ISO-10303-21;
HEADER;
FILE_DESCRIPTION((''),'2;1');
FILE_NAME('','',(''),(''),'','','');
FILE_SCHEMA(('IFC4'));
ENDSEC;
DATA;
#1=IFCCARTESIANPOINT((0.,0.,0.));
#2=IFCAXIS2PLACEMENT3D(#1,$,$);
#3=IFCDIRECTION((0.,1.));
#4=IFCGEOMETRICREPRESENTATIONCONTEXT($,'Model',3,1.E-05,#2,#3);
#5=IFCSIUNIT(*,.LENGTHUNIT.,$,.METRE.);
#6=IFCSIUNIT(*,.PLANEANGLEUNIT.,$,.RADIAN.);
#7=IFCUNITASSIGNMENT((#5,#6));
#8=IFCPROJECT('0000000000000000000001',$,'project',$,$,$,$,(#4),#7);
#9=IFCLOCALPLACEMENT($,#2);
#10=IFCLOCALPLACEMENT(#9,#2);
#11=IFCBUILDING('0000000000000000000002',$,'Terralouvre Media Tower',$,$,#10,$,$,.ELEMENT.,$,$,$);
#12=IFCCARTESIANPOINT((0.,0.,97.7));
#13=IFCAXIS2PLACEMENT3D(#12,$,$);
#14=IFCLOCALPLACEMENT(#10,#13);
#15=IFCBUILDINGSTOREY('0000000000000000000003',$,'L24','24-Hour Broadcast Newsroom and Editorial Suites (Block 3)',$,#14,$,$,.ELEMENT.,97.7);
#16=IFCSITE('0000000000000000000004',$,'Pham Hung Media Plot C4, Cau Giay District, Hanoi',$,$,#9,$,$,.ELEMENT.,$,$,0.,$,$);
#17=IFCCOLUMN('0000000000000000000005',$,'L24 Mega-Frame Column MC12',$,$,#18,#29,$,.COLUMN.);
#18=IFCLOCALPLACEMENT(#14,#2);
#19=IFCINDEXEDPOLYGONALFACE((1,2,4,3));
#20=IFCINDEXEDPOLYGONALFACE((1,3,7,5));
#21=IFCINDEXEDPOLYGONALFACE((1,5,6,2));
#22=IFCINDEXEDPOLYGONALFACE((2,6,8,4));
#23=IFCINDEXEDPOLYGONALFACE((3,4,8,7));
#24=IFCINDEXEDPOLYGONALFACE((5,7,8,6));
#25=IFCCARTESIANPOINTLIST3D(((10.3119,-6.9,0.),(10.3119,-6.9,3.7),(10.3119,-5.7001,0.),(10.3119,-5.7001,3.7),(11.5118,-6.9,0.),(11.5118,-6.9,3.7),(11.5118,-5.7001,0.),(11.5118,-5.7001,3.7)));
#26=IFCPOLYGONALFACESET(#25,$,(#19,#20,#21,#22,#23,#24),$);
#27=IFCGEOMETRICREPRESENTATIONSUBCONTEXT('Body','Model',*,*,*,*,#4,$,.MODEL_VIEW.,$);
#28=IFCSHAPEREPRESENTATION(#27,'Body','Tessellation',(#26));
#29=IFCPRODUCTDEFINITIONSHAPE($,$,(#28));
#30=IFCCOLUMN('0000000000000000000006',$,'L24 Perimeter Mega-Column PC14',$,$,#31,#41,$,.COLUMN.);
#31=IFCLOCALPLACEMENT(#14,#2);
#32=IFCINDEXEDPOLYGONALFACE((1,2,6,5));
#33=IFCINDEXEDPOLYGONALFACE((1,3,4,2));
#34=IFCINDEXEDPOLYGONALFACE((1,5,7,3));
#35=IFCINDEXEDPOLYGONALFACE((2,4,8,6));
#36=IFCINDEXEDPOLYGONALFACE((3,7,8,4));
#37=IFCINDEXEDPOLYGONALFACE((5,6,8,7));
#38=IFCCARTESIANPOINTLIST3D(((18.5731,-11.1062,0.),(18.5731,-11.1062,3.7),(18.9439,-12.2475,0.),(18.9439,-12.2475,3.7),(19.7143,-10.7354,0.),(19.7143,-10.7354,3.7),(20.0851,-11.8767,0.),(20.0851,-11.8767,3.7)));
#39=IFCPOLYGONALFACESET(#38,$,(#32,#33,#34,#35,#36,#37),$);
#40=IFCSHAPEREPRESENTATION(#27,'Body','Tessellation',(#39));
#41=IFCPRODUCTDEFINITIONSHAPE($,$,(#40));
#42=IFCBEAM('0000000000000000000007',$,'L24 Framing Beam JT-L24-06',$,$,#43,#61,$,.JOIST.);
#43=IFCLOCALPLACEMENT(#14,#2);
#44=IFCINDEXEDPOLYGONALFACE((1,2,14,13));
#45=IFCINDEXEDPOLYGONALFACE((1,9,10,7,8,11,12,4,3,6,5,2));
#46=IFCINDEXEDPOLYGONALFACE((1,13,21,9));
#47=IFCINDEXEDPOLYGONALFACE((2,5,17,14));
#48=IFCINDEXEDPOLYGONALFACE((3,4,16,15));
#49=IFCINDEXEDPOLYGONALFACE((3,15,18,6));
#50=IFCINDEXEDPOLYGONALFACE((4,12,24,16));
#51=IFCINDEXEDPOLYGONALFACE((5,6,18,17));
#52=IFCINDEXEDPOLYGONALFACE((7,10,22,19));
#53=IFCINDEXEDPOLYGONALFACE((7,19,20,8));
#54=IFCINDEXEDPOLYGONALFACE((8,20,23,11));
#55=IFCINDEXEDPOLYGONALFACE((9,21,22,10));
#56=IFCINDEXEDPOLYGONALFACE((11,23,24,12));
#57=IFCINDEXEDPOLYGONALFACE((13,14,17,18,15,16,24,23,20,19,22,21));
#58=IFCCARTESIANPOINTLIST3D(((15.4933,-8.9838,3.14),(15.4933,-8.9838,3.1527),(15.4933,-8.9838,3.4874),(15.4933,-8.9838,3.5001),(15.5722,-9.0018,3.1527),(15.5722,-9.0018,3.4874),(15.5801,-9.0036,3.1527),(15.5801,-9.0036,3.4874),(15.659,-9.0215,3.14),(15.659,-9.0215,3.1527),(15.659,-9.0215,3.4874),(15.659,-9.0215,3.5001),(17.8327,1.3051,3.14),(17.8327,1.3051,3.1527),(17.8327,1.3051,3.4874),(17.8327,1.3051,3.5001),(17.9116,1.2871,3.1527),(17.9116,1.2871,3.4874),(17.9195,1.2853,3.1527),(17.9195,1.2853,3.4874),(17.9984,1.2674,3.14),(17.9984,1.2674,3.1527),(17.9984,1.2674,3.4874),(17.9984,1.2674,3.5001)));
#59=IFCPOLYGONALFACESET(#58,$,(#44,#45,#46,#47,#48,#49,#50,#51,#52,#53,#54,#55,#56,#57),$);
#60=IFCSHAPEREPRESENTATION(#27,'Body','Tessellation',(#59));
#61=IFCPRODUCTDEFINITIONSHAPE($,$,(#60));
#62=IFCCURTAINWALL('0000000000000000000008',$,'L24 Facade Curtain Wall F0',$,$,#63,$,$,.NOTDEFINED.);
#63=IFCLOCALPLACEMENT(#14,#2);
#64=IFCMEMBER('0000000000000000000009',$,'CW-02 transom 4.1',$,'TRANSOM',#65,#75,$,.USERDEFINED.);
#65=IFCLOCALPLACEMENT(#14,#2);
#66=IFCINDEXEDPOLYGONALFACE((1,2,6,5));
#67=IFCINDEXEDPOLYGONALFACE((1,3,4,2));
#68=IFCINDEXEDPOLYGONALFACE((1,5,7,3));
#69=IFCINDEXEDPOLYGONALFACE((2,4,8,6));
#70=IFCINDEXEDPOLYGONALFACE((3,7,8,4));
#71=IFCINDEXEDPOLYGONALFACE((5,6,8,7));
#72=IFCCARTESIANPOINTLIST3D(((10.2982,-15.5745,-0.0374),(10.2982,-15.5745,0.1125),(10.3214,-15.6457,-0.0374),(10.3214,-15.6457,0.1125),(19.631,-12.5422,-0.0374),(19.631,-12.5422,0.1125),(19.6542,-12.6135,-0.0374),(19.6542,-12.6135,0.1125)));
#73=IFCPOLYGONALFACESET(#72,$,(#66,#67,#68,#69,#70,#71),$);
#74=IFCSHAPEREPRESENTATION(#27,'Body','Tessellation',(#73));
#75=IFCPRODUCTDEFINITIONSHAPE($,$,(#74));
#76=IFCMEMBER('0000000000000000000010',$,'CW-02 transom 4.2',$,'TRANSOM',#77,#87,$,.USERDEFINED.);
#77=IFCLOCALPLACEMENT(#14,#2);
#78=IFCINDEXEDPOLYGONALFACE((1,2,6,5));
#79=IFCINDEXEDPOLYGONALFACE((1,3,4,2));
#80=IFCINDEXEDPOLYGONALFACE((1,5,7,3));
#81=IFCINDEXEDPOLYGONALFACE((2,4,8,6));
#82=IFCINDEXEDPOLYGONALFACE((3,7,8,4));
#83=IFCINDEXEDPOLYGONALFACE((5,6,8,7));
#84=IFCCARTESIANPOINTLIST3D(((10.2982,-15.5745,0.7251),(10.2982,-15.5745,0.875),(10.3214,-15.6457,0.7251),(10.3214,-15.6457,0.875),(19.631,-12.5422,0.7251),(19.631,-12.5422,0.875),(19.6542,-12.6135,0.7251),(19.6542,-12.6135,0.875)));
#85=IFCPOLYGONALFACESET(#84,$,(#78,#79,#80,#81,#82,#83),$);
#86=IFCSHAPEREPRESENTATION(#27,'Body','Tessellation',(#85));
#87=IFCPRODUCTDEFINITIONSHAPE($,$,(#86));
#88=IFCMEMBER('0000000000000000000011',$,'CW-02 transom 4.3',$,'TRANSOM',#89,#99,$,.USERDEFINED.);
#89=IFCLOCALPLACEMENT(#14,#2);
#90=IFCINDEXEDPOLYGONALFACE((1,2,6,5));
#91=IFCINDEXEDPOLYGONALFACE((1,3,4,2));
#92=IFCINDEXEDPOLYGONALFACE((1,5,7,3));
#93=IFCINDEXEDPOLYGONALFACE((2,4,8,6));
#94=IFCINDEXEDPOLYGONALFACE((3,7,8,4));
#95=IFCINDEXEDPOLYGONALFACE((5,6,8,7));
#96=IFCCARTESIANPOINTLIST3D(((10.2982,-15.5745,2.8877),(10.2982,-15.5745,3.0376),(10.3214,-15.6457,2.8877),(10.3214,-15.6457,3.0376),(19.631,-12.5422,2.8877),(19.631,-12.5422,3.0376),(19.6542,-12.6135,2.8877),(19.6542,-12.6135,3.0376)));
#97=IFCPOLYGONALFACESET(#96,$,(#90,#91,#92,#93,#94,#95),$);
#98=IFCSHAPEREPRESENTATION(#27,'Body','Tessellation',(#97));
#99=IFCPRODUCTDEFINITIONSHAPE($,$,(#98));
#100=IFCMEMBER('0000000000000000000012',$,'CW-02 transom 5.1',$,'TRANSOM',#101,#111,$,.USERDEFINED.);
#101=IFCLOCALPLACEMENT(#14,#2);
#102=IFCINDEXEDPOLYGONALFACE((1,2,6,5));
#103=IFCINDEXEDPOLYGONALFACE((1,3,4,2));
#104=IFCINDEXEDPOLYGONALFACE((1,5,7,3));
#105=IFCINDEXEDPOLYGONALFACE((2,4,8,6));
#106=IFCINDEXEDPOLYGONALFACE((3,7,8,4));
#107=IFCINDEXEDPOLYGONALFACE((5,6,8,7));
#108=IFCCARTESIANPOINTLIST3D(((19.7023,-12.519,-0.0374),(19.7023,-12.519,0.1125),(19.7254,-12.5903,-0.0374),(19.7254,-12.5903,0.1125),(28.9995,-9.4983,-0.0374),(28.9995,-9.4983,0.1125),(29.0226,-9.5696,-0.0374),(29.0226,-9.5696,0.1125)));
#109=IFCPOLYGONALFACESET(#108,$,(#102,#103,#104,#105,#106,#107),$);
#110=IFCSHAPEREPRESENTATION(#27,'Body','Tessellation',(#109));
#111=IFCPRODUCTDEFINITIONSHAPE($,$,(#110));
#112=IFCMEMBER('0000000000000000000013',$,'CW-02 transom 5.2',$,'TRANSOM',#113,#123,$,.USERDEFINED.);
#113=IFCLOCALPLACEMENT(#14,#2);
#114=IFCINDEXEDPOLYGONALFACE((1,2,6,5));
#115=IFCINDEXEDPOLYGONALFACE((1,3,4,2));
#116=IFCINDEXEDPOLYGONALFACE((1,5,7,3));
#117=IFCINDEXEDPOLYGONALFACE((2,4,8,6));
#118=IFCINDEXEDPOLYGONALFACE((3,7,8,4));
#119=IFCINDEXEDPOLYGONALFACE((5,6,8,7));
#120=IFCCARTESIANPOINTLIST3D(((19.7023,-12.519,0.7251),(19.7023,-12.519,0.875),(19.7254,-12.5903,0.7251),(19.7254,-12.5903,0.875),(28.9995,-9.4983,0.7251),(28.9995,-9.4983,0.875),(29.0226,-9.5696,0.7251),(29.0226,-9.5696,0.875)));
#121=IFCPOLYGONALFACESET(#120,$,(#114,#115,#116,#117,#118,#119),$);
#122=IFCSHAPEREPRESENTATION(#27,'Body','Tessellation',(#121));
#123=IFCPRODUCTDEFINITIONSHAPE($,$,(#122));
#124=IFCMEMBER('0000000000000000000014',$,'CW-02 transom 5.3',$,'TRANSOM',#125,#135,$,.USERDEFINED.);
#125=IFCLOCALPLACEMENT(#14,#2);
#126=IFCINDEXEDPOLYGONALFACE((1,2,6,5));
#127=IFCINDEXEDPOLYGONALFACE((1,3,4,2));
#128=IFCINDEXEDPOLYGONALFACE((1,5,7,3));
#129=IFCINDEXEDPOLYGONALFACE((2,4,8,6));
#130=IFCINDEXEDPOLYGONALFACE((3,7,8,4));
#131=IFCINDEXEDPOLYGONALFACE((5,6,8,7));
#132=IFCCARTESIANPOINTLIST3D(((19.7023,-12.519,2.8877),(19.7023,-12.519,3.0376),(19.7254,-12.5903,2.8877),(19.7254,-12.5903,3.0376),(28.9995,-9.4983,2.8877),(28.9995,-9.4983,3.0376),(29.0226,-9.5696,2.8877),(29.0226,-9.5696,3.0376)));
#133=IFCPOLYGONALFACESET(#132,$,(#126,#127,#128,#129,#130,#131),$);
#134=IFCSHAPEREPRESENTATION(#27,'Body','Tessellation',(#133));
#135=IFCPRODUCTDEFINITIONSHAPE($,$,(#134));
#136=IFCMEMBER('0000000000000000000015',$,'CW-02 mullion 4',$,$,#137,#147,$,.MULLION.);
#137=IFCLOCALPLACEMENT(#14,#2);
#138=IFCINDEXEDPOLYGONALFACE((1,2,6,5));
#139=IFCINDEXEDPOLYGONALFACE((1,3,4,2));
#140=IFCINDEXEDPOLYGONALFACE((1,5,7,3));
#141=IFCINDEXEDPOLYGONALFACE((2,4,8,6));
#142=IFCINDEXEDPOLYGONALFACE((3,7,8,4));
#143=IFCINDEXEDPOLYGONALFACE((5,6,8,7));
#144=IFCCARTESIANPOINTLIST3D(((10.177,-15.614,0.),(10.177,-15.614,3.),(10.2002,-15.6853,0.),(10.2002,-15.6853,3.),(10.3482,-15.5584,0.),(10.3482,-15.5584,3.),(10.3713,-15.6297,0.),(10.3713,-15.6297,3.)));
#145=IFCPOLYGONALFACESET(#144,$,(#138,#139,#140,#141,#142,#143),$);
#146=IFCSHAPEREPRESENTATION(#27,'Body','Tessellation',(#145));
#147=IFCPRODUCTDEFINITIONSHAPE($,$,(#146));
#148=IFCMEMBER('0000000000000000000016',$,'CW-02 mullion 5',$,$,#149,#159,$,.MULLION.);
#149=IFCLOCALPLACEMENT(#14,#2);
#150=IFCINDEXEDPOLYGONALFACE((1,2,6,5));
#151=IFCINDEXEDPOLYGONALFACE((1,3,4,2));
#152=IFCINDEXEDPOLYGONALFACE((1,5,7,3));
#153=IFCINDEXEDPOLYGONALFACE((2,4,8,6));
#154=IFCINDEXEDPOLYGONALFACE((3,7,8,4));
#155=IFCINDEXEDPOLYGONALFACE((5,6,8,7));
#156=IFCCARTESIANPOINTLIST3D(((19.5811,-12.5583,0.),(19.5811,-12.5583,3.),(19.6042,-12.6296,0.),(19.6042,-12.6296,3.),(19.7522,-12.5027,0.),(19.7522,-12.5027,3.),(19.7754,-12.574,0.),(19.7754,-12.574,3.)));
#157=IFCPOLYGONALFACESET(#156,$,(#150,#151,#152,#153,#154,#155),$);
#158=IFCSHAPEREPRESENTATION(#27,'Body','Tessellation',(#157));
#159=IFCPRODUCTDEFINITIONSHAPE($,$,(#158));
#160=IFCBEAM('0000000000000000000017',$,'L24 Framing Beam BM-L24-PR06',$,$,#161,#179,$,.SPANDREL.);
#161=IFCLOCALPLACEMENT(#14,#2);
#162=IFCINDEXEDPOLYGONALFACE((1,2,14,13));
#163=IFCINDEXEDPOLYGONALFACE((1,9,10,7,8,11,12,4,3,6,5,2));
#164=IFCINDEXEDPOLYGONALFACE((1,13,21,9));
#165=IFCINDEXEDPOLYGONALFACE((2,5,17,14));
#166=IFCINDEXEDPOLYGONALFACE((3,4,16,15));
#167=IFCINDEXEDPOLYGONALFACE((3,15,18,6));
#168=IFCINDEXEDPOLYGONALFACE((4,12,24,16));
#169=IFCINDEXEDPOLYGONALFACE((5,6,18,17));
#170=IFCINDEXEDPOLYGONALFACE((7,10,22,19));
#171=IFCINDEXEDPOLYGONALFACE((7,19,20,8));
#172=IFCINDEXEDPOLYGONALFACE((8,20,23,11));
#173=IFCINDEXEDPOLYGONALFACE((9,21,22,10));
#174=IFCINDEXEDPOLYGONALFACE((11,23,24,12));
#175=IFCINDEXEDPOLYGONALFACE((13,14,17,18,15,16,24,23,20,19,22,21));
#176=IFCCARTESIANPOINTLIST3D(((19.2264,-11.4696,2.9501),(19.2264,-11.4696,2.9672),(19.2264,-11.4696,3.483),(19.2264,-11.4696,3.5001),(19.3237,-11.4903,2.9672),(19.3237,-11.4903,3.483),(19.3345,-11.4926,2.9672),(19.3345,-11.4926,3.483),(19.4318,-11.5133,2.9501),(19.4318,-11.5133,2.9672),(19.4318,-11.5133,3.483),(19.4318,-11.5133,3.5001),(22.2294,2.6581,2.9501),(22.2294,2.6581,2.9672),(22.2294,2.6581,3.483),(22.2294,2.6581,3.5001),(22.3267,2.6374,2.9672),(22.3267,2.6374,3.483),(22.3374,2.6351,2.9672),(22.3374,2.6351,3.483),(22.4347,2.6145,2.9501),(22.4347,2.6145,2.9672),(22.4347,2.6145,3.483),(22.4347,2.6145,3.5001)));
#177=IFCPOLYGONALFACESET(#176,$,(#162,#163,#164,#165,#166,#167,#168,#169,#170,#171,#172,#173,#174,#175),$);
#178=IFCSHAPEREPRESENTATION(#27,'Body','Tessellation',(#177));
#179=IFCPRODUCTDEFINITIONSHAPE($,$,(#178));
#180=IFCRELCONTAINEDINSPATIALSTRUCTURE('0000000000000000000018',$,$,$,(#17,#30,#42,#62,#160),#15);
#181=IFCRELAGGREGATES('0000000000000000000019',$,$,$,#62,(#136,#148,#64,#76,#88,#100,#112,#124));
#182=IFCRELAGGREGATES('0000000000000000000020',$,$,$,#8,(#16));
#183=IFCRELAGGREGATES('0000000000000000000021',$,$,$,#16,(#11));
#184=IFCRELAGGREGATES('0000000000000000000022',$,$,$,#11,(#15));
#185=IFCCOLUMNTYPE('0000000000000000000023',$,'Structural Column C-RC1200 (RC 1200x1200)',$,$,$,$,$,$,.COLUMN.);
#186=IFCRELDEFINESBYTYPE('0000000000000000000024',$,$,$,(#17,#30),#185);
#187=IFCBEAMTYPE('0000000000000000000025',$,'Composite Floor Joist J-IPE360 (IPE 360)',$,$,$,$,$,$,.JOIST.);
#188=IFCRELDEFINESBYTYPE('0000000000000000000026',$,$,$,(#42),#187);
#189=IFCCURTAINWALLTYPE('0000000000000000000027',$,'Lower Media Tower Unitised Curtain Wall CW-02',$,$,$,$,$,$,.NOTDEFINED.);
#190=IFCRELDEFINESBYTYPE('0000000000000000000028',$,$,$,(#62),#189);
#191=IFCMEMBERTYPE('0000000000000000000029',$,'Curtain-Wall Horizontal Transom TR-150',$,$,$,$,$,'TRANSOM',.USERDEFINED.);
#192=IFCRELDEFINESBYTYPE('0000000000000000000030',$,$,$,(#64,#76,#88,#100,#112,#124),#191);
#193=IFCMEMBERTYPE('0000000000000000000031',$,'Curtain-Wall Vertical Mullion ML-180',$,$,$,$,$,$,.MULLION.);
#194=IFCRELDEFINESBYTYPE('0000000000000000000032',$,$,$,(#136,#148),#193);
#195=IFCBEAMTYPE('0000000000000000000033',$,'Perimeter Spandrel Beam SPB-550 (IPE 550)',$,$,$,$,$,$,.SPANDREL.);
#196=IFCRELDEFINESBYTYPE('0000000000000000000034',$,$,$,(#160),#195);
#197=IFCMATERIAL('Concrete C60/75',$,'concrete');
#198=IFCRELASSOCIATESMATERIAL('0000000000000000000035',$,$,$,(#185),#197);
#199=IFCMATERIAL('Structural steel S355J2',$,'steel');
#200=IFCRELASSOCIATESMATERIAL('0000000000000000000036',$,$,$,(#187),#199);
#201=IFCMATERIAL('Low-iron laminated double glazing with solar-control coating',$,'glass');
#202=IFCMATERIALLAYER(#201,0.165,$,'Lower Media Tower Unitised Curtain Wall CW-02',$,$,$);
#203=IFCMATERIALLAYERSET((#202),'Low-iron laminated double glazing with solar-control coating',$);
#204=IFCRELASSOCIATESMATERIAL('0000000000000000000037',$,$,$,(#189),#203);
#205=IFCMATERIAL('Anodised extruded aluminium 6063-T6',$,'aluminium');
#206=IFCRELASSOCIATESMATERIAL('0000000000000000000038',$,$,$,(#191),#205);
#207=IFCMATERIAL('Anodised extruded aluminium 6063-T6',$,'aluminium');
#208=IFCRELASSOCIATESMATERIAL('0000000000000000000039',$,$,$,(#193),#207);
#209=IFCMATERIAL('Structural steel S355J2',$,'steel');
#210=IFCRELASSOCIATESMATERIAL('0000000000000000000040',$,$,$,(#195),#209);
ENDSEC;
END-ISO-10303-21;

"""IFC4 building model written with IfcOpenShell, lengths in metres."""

from ifc_helpers import new_model, si_unit, direction, frame, origin, origin_2d, place, context, subcontext, project, spatial, rectangle, i_section, extrude, material, layer, layer_set, material_profile, profile_set, type_object, element, aggregate, save


model = new_model("IFC4")

# Units and contexts
model_context = context("Model", 3, precision=1e-05, world=origin(), true_north=direction((0.0, 1.0)))
body_context = subcontext(model_context, "Body", "Model", "MODEL_VIEW")
ifc_project = project(units=[si_unit("LENGTHUNIT", "METRE"), si_unit("PLANEANGLEUNIT", "RADIAN")], contexts=[model_context])

# Site, building, storey
site_placement = place(None, origin())
site = spatial("IfcSite", under=ifc_project, at=site_placement, Name="Pham Hung Media Plot C4, Cau Giay District, Hanoi", CompositionType="ELEMENT", RefElevation=0.0)
building_placement = place(site_placement, origin())
building = spatial("IfcBuilding", under=site, at=building_placement, Name="Terralouvre Media Tower", CompositionType="ELEMENT")
storey_placement = place(building_placement, frame((0.0, 0.0, 97.7)))
storey = spatial("IfcBuildingStorey", under=building, at=storey_placement, Name="L24", Description="24-Hour Broadcast Newsroom and Editorial Suites (Block 3)", CompositionType="ELEMENT", Elevation=97.7)

# Columns
ifc_material_1 = material(Name="Concrete C60/75", Category="concrete")
ifc_material_profile_1 = material_profile(ifc_material_1, rectangle(XDim=1.2, YDim=1.2, at=origin_2d()), Name="RC 1200x1200")
ifc_profile_set_1 = profile_set([ifc_material_profile_1], Name="Concrete C60/75")
column_type = type_object("IfcColumnType", Name="Structural Column C-RC1200 (RC 1200x1200)", PredefinedType="COLUMN", material=ifc_profile_set_1)
for number, where, z_axis, x_axis, name in (
    (1, (10.9119, -6.3, 0.0), (0.0, 0.0, 1.0), (1.0, 0.0, 0.0), "L24 Mega-Frame Column MC12"),
    (2, (19.3291, -11.4915, 0.0), (0.0, 0.0, 1.0), (0.951057, 0.309017, 0.0), "L24 Perimeter Mega-Column PC14"),
):
    element("IfcColumn", number, at=place(storey_placement, frame(where, z_axis=z_axis, x_axis=x_axis)), inside=storey, type_object=column_type, Name=name, PredefinedType="COLUMN", context=body_context, shape_type="SweptSolid", body=[
        extrude(rectangle(XDim=1.2, YDim=1.2, at=origin_2d()), origin(), (0.0, 0.0, 1.0), 3.7),
    ])

# Beam
ifc_material_2 = material(Name="Structural steel S355J2", Category="steel")
ifc_material_profile_2 = material_profile(ifc_material_2, i_section(OverallWidth=0.1699, OverallDepth=0.3601, WebThickness=0.0081, FlangeThickness=0.0127, at=origin_2d()), Name="IPE 360")
ifc_profile_set_2 = profile_set([ifc_material_profile_2], Name="Structural steel S355J2")
beam_type_1 = type_object("IfcBeamType", Name="Composite Floor Joist J-IPE360 (IPE 360)", PredefinedType="JOIST", material=ifc_profile_set_2)
beam_1_placement = place(storey_placement, frame((15.5762, -9.0027, 3.3201), z_axis=(0.22171, 0.975113, 0.0), x_axis=(-0.975113, 0.22171, 0.0)))
element("IfcBeam", 3, at=beam_1_placement, inside=storey, type_object=beam_type_1, Name="L24 Framing Beam JT-L24-06", PredefinedType="JOIST", context=body_context, shape_type="SweptSolid", body=[
    extrude(i_section(OverallWidth=0.1699, OverallDepth=0.3601, WebThickness=0.0081, FlangeThickness=0.0127, at=origin_2d()), origin(), (0.0, 0.0, 1.0), 10.5515),
])

# Curtain wall, members
ifc_material_3 = material(Name="Low-iron laminated double glazing with solar-control coating", Category="glass")
ifc_layer_1 = layer(ifc_material_3, 0.165, Name="Lower Media Tower Unitised Curtain Wall CW-02")
ifc_layer_set_1 = layer_set([ifc_layer_1], Name="Low-iron laminated double glazing with solar-control coating")
curtain_wall_type = type_object("IfcCurtainWallType", Name="Lower Media Tower Unitised Curtain Wall CW-02", PredefinedType="NOTDEFINED", material=ifc_layer_set_1)
curtain_wall_placement = place(storey_placement, origin())
curtain_wall = element("IfcCurtainWall", 4, at=curtain_wall_placement, inside=storey, type_object=curtain_wall_type, Name="L24 Facade Curtain Wall F0", PredefinedType="NOTDEFINED")
ifc_material_4 = material(Name="Anodised extruded aluminium 6063-T6", Category="aluminium")
ifc_material_profile_3 = material_profile(ifc_material_4, rectangle(XDim=0.075, YDim=0.1499, at=origin_2d()), Name="ALU 75x150")
ifc_profile_set_3 = profile_set([ifc_material_profile_3], Name="Anodised extruded aluminium 6063-T6")
member_type_1 = type_object("IfcMemberType", Name="Curtain-Wall Horizontal Transom TR-150", ElementType="TRANSOM", PredefinedType="USERDEFINED", material=ifc_profile_set_3)
member_1_placement = place(storey_placement, frame((10.3098, -15.6101, 0.0376), z_axis=(0.951062, 0.309001, 0.0), x_axis=(-0.309001, 0.951062, 0.0)))
member_1 = element("IfcMember", 5, at=member_1_placement, type_object=member_type_1, Name="CW-02 transom 4.1", ObjectType="TRANSOM", PredefinedType="USERDEFINED", context=body_context, shape_type="SweptSolid", body=[
    extrude(rectangle(XDim=0.075, YDim=0.1499, at=origin_2d()), origin(), (0.0, 0.0, 1.0), 9.813),
])
member_2_placement = place(storey_placement, frame((10.3098, -15.6101, 0.8), z_axis=(0.951062, 0.309001, 0.0), x_axis=(-0.309001, 0.951062, 0.0)))
member_2 = element("IfcMember", 6, at=member_2_placement, type_object=member_type_1, Name="CW-02 transom 4.2", ObjectType="TRANSOM", PredefinedType="USERDEFINED", context=body_context, shape_type="SweptSolid", body=[
    extrude(rectangle(XDim=0.075, YDim=0.1499, at=origin_2d()), origin(), (0.0, 0.0, 1.0), 9.813),
])
member_3_placement = place(storey_placement, frame((10.3098, -15.6101, 2.9626), z_axis=(0.951062, 0.309001, 0.0), x_axis=(-0.309001, 0.951062, 0.0)))
member_3 = element("IfcMember", 7, at=member_3_placement, type_object=member_type_1, Name="CW-02 transom 4.3", ObjectType="TRANSOM", PredefinedType="USERDEFINED", context=body_context, shape_type="SweptSolid", body=[
    extrude(rectangle(XDim=0.075, YDim=0.1499, at=origin_2d()), origin(), (0.0, 0.0, 1.0), 9.813),
])
member_4_placement = place(storey_placement, frame((19.7139, -12.5547, 0.0376), z_axis=(0.951058, 0.309011, 0.0), x_axis=(-0.309011, 0.951058, 0.0)))
member_4 = element("IfcMember", 8, at=member_4_placement, type_object=member_type_1, Name="CW-02 transom 5.1", ObjectType="TRANSOM", PredefinedType="USERDEFINED", context=body_context, shape_type="SweptSolid", body=[
    extrude(rectangle(XDim=0.075, YDim=0.1499, at=origin_2d()), origin(), (0.0, 0.0, 1.0), 9.7756),
])
member_5_placement = place(storey_placement, frame((19.7139, -12.5547, 0.8), z_axis=(0.951058, 0.309011, 0.0), x_axis=(-0.309011, 0.951058, 0.0)))
member_5 = element("IfcMember", 9, at=member_5_placement, type_object=member_type_1, Name="CW-02 transom 5.2", ObjectType="TRANSOM", PredefinedType="USERDEFINED", context=body_context, shape_type="SweptSolid", body=[
    extrude(rectangle(XDim=0.075, YDim=0.1499, at=origin_2d()), origin(), (0.0, 0.0, 1.0), 9.7756),
])
member_6_placement = place(storey_placement, frame((19.7139, -12.5547, 2.9626), z_axis=(0.951058, 0.309011, 0.0), x_axis=(-0.309011, 0.951058, 0.0)))
member_6 = element("IfcMember", 10, at=member_6_placement, type_object=member_type_1, Name="CW-02 transom 5.3", ObjectType="TRANSOM", PredefinedType="USERDEFINED", context=body_context, shape_type="SweptSolid", body=[
    extrude(rectangle(XDim=0.075, YDim=0.1499, at=origin_2d()), origin(), (0.0, 0.0, 1.0), 9.7756),
])
ifc_material_5 = material(Name="Anodised extruded aluminium 6063-T6", Category="aluminium")
ifc_material_profile_4 = material_profile(ifc_material_5, rectangle(XDim=0.075, YDim=0.1799, at=origin_2d()), Name="ALU 75x180")
ifc_profile_set_4 = profile_set([ifc_material_profile_4], Name="Anodised extruded aluminium 6063-T6")
member_type_2 = type_object("IfcMemberType", Name="Curtain-Wall Vertical Mullion ML-180", PredefinedType="MULLION", material=ifc_profile_set_4)
member_7_placement = place(storey_placement, frame((10.2742, -15.6218, 0.0), z_axis=(0.0, 0.0, 1.0), x_axis=(-0.309017, 0.951057, 0.0)))
member_7 = element("IfcMember", 11, at=member_7_placement, type_object=member_type_2, Name="CW-02 mullion 4", PredefinedType="MULLION", context=body_context, shape_type="SweptSolid", body=[
    extrude(rectangle(XDim=0.075, YDim=0.1799, at=origin_2d()), origin(), (0.0, 0.0, 1.0), 3.0),
])
member_8_placement = place(storey_placement, frame((19.6782, -12.5662, 0.0), z_axis=(0.0, 0.0, 1.0), x_axis=(-0.309017, 0.951057, 0.0)))
member_8 = element("IfcMember", 12, at=member_8_placement, type_object=member_type_2, Name="CW-02 mullion 5", PredefinedType="MULLION", context=body_context, shape_type="SweptSolid", body=[
    extrude(rectangle(XDim=0.075, YDim=0.1799, at=origin_2d()), origin(), (0.0, 0.0, 1.0), 3.0),
])

# Beam
ifc_material_6 = material(Name="Structural steel S355J2", Category="steel")
ifc_material_profile_5 = material_profile(ifc_material_6, i_section(OverallWidth=0.21, OverallDepth=0.55, WebThickness=0.011, FlangeThickness=0.0171, at=origin_2d()), Name="IPE 550")
ifc_profile_set_5 = profile_set([ifc_material_profile_5], Name="Structural steel S355J2")
beam_type_2 = type_object("IfcBeamType", Name="Perimeter Spandrel Beam SPB-550 (IPE 550)", PredefinedType="SPANDREL", material=ifc_profile_set_5)
beam_2_placement = place(storey_placement, frame((19.3291, -11.4915, 3.2251), z_axis=(0.207912, 0.978148, 0.0), x_axis=(-0.978148, 0.207912, 0.0)))
element("IfcBeam", 13, at=beam_2_placement, inside=storey, type_object=beam_type_2, Name="L24 Framing Beam BM-L24-PR06", PredefinedType="SPANDREL", context=body_context, shape_type="SweptSolid", body=[
    extrude(i_section(OverallWidth=0.21, OverallDepth=0.55, WebThickness=0.011, FlangeThickness=0.0171, at=origin_2d()), origin(), (0.0, 0.0, 1.0), 14.4434),
])

aggregate(curtain_wall, [member_7, member_8, member_1, member_2, member_3, member_4, member_5, member_6])

save(model, "model.ifc")
